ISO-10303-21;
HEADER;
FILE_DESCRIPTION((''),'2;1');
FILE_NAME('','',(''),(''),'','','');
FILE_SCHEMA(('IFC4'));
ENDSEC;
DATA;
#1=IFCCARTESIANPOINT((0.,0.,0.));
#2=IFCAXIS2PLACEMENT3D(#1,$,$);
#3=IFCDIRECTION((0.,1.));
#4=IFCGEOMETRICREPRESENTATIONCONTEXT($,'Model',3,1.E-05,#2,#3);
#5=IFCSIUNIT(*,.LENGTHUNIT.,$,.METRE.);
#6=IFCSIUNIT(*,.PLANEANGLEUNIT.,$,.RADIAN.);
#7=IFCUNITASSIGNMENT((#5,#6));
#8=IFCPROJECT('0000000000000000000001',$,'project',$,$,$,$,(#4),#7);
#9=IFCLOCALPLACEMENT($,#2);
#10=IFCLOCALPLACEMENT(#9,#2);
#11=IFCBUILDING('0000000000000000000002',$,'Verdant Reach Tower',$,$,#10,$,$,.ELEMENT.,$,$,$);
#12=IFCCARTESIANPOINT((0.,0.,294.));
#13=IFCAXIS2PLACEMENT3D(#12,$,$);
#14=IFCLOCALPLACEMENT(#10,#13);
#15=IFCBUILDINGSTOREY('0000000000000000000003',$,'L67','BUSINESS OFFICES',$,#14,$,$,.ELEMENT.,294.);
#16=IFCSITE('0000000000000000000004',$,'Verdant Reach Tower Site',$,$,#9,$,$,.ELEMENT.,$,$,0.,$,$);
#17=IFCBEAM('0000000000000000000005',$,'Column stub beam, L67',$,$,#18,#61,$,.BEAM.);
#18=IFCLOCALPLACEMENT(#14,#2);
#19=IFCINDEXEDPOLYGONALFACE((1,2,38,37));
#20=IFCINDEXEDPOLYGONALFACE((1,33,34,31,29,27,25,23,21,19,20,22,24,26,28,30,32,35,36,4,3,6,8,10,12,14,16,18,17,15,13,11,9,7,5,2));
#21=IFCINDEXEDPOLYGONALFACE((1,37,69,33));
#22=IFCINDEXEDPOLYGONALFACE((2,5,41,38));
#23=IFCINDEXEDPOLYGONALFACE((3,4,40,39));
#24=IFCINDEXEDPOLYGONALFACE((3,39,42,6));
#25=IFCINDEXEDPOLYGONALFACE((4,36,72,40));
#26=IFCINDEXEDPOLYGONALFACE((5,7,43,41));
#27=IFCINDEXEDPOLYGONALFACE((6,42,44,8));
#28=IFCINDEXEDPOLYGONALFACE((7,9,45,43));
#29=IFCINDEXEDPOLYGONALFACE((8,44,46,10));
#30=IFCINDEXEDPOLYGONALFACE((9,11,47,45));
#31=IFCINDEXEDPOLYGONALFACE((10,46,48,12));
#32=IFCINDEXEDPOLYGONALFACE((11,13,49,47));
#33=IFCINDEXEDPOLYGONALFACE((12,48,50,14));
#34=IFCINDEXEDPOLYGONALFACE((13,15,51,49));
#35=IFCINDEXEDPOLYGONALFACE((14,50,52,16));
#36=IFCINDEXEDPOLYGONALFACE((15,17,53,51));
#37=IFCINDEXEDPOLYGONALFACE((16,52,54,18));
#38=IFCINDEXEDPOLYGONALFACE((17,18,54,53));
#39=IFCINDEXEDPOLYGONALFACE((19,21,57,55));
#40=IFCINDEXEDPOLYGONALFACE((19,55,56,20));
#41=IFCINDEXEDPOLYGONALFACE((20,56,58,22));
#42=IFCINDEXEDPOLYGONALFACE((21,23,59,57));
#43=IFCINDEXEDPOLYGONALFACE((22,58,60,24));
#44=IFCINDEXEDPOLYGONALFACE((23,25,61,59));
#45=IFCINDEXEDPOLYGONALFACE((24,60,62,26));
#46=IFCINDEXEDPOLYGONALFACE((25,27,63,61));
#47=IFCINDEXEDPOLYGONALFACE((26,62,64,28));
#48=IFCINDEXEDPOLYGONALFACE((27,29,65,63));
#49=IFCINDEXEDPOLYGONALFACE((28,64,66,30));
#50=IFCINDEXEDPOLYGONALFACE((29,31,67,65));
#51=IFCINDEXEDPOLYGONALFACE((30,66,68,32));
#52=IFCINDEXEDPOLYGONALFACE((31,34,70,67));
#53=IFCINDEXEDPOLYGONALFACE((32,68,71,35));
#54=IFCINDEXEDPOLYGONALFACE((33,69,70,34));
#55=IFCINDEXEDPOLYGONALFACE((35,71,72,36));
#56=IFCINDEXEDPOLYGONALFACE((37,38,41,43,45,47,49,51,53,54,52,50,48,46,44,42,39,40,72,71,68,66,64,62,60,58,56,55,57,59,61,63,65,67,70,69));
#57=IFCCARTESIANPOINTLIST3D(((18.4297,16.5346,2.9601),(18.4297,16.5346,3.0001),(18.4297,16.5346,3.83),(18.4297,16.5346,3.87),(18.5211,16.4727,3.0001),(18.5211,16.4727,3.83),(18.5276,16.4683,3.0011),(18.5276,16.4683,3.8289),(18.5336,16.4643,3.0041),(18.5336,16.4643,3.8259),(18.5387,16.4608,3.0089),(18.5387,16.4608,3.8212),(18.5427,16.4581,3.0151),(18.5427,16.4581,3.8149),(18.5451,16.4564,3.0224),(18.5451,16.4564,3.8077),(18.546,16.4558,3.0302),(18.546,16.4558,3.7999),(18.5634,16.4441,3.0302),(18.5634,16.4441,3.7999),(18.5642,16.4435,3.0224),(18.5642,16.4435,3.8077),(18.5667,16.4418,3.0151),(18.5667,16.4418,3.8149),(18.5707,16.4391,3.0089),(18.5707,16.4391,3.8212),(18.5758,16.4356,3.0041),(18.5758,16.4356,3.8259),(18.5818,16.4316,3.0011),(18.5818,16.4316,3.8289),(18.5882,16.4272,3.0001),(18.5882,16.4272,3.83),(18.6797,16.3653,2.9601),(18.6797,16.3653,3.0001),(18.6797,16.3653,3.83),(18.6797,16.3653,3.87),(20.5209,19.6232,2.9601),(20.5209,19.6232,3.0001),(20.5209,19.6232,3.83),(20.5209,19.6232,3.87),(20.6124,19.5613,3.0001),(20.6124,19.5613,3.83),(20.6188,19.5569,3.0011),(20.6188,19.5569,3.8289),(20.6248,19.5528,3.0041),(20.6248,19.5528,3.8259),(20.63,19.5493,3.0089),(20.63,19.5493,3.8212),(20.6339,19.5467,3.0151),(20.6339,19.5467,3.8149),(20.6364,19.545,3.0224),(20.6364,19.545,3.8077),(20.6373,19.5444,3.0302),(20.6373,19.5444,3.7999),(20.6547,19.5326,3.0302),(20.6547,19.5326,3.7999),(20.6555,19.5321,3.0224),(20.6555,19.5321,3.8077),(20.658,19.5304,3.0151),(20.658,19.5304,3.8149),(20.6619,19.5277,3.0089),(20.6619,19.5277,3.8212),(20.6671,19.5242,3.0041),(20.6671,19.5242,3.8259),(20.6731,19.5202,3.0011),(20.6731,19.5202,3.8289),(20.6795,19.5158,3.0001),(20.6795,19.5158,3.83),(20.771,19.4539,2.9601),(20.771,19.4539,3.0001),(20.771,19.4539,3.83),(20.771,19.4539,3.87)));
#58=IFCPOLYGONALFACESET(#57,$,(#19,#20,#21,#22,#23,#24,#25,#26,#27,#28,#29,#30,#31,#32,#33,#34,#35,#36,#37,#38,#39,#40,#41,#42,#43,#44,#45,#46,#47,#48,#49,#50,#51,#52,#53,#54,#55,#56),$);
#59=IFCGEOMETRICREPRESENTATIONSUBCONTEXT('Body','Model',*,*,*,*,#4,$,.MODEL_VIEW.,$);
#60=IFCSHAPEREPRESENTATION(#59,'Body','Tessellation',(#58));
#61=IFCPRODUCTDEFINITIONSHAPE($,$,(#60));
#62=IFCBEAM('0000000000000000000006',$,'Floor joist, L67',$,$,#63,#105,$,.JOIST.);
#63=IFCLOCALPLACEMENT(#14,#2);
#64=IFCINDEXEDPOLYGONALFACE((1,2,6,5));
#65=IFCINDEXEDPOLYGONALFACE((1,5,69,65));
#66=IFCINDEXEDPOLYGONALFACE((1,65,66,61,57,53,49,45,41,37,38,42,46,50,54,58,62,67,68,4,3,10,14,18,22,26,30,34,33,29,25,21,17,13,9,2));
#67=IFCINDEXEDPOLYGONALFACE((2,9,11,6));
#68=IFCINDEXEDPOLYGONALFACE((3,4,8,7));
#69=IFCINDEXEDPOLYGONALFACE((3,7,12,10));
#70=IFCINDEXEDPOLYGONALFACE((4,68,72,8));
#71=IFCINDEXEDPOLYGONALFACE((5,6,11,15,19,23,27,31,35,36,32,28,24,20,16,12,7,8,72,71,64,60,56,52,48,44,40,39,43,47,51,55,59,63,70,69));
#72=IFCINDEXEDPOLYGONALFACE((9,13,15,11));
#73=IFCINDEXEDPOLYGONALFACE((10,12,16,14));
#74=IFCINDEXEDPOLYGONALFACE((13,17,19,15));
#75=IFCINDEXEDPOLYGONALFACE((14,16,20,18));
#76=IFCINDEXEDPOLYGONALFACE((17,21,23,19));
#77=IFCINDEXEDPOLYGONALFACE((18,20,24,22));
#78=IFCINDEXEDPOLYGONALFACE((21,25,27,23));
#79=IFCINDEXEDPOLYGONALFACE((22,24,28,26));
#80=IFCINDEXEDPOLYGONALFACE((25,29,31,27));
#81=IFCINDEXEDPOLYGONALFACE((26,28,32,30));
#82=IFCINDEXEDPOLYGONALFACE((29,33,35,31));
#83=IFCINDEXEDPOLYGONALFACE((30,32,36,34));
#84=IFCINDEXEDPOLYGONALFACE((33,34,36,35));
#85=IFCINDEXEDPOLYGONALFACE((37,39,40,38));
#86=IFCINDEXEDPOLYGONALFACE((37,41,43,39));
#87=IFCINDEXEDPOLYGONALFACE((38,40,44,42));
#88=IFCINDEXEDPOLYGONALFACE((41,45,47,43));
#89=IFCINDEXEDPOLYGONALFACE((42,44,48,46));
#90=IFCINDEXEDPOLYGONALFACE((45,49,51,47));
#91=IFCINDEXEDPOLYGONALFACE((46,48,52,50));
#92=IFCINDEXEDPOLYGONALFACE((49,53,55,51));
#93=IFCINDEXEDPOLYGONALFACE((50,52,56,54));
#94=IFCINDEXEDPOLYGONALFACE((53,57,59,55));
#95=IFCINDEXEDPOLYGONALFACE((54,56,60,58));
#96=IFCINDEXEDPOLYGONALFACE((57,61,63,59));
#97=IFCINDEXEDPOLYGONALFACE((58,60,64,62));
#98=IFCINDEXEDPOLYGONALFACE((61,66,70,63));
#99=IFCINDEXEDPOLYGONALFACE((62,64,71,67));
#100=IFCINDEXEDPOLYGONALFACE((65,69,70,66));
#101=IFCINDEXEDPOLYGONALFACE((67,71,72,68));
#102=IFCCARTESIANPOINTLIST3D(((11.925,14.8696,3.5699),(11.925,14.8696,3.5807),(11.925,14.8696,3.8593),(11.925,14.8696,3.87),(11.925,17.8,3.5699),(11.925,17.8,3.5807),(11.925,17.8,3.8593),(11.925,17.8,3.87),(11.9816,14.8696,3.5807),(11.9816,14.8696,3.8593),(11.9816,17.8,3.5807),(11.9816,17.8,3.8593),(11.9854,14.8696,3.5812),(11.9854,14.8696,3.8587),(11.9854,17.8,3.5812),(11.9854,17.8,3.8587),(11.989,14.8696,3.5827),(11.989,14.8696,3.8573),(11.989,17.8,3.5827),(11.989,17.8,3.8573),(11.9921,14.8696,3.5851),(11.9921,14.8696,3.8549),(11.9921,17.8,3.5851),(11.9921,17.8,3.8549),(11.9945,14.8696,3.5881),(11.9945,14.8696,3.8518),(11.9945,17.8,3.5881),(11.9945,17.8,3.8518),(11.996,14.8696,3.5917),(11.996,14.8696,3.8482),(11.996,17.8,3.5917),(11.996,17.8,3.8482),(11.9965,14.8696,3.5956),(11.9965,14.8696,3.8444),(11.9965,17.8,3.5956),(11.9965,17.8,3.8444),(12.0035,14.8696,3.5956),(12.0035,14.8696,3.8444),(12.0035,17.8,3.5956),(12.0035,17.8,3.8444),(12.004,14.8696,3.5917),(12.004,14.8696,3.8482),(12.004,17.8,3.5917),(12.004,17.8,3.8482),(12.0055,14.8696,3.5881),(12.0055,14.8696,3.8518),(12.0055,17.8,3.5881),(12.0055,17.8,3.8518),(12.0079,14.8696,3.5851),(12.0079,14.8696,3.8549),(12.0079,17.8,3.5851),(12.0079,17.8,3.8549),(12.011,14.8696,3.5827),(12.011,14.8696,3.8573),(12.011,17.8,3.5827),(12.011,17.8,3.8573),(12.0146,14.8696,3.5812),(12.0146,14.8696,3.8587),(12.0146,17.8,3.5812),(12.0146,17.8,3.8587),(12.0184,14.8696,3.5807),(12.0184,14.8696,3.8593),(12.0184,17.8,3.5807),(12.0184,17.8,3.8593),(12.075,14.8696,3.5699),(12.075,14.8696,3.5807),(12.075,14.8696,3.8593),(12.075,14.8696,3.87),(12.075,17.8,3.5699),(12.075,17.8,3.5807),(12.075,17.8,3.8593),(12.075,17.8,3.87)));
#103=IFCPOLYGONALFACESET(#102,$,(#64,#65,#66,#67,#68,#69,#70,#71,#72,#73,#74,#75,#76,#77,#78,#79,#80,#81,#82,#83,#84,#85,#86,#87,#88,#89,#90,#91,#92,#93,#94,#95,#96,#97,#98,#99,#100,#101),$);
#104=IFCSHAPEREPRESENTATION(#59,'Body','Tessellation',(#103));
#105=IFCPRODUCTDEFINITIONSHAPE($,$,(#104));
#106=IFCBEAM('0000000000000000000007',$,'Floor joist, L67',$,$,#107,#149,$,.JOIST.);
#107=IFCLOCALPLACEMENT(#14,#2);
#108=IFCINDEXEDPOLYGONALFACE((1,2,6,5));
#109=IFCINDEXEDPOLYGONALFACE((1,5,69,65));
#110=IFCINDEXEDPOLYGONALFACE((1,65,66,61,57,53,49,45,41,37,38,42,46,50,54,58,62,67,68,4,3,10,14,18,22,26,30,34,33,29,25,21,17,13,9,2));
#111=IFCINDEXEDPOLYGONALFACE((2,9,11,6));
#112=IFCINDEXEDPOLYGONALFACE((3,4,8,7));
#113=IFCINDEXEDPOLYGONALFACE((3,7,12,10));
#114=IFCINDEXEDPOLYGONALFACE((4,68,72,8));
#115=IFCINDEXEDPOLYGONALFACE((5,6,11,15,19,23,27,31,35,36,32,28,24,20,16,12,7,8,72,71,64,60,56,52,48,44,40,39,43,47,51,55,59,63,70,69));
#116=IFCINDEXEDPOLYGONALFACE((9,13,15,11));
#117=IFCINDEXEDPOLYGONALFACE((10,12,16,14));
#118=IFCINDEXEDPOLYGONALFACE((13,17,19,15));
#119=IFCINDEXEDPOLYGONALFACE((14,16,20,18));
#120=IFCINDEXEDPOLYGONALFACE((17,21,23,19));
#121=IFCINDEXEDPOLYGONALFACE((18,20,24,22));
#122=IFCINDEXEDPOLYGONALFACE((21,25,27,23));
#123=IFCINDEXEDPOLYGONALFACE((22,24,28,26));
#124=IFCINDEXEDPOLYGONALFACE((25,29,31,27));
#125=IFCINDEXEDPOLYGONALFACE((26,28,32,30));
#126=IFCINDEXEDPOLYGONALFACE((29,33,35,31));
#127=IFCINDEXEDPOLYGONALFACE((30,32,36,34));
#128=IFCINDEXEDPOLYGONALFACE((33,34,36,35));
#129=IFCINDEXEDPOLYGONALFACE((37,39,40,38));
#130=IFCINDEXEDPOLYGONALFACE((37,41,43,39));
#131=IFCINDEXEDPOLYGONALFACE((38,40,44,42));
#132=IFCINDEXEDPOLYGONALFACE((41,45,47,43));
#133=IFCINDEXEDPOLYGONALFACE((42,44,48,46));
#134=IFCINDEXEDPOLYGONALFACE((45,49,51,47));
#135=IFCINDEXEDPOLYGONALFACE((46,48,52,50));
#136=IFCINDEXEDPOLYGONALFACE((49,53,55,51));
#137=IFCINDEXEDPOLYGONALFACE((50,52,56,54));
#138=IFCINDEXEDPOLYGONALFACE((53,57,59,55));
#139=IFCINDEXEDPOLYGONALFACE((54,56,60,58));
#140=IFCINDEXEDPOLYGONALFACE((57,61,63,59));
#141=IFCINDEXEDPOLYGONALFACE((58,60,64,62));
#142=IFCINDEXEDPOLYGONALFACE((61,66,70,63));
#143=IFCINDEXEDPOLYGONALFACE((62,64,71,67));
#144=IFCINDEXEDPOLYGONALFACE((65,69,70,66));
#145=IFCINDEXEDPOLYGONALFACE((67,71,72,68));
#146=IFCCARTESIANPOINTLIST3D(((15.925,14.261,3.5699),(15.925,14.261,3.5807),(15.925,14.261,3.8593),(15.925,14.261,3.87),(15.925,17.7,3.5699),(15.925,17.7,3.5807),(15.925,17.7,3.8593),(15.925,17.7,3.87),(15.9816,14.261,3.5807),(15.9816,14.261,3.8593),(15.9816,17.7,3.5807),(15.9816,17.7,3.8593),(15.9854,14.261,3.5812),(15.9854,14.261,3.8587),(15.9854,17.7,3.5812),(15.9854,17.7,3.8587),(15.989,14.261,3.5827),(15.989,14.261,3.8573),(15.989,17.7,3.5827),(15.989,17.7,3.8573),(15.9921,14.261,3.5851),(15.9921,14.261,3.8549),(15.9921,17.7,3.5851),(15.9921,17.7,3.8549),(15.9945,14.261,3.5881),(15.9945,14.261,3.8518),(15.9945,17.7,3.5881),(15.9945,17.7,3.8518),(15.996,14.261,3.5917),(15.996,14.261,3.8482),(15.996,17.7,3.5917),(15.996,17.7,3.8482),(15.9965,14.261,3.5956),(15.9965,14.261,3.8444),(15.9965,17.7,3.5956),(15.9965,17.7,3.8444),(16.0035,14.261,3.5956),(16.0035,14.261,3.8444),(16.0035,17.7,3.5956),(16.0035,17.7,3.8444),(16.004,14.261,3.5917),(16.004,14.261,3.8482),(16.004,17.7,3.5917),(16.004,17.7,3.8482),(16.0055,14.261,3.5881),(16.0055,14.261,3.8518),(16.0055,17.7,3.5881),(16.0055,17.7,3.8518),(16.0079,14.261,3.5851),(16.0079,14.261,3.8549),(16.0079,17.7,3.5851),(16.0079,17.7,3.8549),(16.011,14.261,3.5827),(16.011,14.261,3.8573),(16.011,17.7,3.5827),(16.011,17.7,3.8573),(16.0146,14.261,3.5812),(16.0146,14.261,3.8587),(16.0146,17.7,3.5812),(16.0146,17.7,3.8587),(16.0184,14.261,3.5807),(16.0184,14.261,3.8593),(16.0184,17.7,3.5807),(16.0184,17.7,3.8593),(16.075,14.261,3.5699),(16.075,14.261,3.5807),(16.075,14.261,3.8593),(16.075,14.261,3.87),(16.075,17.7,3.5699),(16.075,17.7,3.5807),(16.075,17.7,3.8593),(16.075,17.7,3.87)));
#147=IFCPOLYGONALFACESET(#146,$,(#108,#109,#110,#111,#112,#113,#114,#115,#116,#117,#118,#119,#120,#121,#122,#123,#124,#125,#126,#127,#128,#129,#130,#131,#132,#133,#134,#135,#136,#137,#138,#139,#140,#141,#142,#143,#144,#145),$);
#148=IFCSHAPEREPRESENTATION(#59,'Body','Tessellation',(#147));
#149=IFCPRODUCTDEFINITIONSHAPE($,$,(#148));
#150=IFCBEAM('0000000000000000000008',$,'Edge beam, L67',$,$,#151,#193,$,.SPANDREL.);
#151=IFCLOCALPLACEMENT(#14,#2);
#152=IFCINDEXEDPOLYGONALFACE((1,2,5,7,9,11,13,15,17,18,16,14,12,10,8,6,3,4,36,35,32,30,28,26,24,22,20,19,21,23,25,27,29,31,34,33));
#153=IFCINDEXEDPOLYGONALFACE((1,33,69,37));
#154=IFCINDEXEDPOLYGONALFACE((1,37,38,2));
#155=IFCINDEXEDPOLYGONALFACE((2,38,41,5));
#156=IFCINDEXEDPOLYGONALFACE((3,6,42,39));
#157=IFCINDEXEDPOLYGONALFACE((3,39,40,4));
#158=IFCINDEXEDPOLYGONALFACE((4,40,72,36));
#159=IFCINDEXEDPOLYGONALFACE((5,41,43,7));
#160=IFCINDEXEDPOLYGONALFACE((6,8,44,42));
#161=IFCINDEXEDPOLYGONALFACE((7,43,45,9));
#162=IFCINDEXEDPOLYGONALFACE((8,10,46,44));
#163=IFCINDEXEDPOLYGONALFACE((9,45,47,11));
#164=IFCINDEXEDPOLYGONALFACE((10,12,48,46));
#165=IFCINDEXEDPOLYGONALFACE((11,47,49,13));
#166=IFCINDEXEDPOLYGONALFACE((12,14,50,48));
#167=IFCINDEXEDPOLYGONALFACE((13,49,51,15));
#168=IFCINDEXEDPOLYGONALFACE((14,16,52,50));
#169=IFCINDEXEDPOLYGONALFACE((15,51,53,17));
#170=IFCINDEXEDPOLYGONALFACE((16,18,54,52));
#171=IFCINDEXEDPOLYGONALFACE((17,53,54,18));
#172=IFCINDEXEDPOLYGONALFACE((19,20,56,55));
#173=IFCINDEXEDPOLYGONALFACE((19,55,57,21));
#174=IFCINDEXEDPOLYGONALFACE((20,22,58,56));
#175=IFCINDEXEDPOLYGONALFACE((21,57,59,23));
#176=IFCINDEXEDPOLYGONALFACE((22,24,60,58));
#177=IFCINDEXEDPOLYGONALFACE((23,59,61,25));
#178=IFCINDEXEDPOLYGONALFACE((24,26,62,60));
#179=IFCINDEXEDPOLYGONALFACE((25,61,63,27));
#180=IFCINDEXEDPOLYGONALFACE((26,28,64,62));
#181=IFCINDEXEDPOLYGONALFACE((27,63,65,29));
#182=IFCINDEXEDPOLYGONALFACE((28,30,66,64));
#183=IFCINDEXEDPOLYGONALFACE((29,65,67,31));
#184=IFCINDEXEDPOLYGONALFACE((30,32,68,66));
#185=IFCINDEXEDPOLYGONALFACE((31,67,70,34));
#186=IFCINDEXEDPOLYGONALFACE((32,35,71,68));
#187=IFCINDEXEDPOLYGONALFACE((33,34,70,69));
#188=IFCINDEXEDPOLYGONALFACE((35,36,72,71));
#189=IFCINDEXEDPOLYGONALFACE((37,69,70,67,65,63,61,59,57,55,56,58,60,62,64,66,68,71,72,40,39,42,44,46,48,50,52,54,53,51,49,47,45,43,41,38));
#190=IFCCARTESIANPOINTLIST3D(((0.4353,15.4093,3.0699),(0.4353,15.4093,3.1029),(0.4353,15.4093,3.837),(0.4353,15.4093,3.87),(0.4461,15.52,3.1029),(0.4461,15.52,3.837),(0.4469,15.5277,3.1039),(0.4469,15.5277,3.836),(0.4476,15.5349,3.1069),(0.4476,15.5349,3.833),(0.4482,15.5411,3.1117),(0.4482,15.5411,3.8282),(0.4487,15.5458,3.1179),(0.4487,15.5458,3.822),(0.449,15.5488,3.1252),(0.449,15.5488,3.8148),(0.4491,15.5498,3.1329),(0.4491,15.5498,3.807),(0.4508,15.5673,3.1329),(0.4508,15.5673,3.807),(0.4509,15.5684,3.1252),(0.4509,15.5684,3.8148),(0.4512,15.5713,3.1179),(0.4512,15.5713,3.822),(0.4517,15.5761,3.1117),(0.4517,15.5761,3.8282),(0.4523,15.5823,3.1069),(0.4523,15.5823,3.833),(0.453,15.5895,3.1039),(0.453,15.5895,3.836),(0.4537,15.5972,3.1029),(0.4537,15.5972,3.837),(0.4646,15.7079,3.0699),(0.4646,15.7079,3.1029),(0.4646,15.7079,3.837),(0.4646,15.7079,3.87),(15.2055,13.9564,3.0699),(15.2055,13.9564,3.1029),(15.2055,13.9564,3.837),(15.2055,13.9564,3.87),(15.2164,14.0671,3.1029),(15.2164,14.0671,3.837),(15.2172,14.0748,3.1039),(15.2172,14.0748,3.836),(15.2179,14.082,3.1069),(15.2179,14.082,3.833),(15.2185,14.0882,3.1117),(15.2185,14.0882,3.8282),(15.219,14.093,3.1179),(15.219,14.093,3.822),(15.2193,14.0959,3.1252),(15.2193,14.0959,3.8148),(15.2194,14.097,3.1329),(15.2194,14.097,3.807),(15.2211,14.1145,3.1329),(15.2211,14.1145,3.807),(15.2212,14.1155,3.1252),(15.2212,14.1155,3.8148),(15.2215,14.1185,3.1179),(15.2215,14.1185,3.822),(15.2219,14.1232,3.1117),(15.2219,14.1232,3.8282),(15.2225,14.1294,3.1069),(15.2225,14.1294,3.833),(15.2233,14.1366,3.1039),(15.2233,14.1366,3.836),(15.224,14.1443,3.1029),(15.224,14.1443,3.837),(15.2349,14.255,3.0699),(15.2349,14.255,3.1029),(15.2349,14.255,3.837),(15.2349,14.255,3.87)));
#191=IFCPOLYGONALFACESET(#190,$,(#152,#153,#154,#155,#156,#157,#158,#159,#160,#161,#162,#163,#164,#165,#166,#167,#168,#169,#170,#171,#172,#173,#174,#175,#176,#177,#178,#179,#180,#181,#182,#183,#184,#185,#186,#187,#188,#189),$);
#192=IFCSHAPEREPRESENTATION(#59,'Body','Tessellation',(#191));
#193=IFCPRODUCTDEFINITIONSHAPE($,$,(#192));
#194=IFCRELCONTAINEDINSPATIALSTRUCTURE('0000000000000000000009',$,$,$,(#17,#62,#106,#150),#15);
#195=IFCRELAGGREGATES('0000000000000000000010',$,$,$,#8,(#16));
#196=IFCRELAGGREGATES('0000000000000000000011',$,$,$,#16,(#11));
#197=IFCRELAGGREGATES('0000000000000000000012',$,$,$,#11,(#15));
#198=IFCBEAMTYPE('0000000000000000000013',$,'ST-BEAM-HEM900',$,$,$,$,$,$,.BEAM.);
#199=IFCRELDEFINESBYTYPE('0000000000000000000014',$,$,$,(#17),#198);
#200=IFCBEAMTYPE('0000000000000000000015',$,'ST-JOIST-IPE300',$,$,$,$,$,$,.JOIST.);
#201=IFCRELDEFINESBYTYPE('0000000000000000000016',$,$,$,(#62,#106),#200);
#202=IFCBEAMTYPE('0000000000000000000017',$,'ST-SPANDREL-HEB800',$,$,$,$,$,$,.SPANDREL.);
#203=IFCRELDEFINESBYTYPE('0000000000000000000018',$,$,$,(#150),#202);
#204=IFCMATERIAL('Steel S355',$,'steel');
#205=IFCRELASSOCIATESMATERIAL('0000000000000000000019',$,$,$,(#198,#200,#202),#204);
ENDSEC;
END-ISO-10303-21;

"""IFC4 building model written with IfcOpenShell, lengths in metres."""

from ifc_helpers import new_model, si_unit, direction, frame, origin, origin_2d, place, context, subcontext, project, spatial, i_section, extrude, material, material_profile, profile_set, type_object, element, save


model = new_model("IFC4")

# Units and contexts
model_context = context("Model", 3, precision=1e-05, world=origin(), true_north=direction((0.0, 1.0)))
body_context = subcontext(model_context, "Body", "Model", "MODEL_VIEW")
ifc_project = project(units=[si_unit("LENGTHUNIT", "METRE"), si_unit("PLANEANGLEUNIT", "RADIAN")], contexts=[model_context])

# Site, building, storey
site_placement = place(None, origin())
site = spatial("IfcSite", under=ifc_project, at=site_placement, Name="Verdant Reach Tower Site", CompositionType="ELEMENT", RefElevation=0.0)
building_placement = place(site_placement, origin())
building = spatial("IfcBuilding", under=site, at=building_placement, Name="Verdant Reach Tower", CompositionType="ELEMENT")
storey_placement = place(building_placement, frame((0.0, 0.0, 294.0)))
storey = spatial("IfcBuildingStorey", under=building, at=storey_placement, Name="L67", Description="BUSINESS OFFICES", CompositionType="ELEMENT", Elevation=294.0)

# Beams
ifc_material_1 = material(Name="Steel S355", Category="steel")
ifc_material_profile_1 = material_profile(ifc_material_1, i_section(OverallWidth=0.302, OverallDepth=0.9099, WebThickness=0.021, FlangeThickness=0.04, FilletRadius=0.03, at=origin_2d()), Name="HEM 900")
ifc_profile_set_1 = profile_set([ifc_material_profile_1], Name="Steel S355")
beam_type_1 = type_object("IfcBeamType", Name="ST-BEAM-HEM900", PredefinedType="BEAM", material=ifc_profile_set_1)
beam_1_placement = place(storey_placement, frame((18.5547, 16.45, 3.415), z_axis=(0.560667, 0.828041, 0.0), x_axis=(-0.828041, 0.560667, 0.0)))
element("IfcBeam", 1, at=beam_1_placement, inside=storey, type_object=beam_type_1, Name="Column stub beam, L67", PredefinedType="BEAM", context=body_context, shape_type="SweptSolid", body=[
    extrude(i_section(OverallWidth=0.302, OverallDepth=0.9099, WebThickness=0.021, FlangeThickness=0.04, FilletRadius=0.03, at=origin_2d()), origin(), (0.0, 0.0, 1.0), 3.73),
])
ifc_material_profile_2 = material_profile(ifc_material_1, i_section(OverallWidth=0.1499, OverallDepth=0.3, WebThickness=0.0071, FlangeThickness=0.0107, FilletRadius=0.0149, at=origin_2d()), Name="IPE 300")
ifc_profile_set_2 = profile_set([ifc_material_profile_2], Name="Steel S355")
beam_type_2 = type_object("IfcBeamType", Name="ST-JOIST-IPE300", PredefinedType="JOIST", material=ifc_profile_set_2)
beam_2_placement = place(storey_placement, frame((12.0, 17.8, 3.72), z_axis=(0.0, -1.0, 0.0), x_axis=(1.0, 0.0, 0.0)))
element("IfcBeam", 2, at=beam_2_placement, inside=storey, type_object=beam_type_2, Name="Floor joist, L67", PredefinedType="JOIST", context=body_context, shape_type="SweptSolid", body=[
    extrude(i_section(OverallWidth=0.1499, OverallDepth=0.3, WebThickness=0.0071, FlangeThickness=0.0107, FilletRadius=0.0149, at=origin_2d()), origin(), (0.0, 0.0, 1.0), 2.9304),
])
beam_3_placement = place(storey_placement, frame((16.0, 17.7, 3.72), z_axis=(0.0, -1.0, 0.0), x_axis=(1.0, 0.0, 0.0)))
element("IfcBeam", 3, at=beam_3_placement, inside=storey, type_object=beam_type_2, Name="Floor joist, L67", PredefinedType="JOIST", context=body_context, shape_type="SweptSolid", body=[
    extrude(i_section(OverallWidth=0.1499, OverallDepth=0.3, WebThickness=0.0071, FlangeThickness=0.0107, FilletRadius=0.0149, at=origin_2d()), origin(), (0.0, 0.0, 1.0), 3.439),
])
ifc_material_profile_3 = material_profile(ifc_material_1, i_section(OverallWidth=0.3, OverallDepth=0.8, WebThickness=0.0176, FlangeThickness=0.033, FilletRadius=0.03, at=origin_2d()), Name="HEB 800")
ifc_profile_set_3 = profile_set([ifc_material_profile_3], Name="Steel S355")
beam_type_3 = type_object("IfcBeamType", Name="ST-SPANDREL-HEB800", PredefinedType="SPANDREL", material=ifc_profile_set_3)
beam_4_placement = place(storey_placement, frame((15.2202, 14.1057, 3.47), z_axis=(-0.995197, 0.097893, 0.0), x_axis=(-0.097893, -0.995197, 0.0)))
element("IfcBeam", 4, at=beam_4_placement, inside=storey, type_object=beam_type_3, Name="Edge beam, L67", PredefinedType="SPANDREL", context=body_context, shape_type="SweptSolid", body=[
    extrude(i_section(OverallWidth=0.3, OverallDepth=0.8, WebThickness=0.0176, FlangeThickness=0.033, FilletRadius=0.03, at=origin_2d()), origin(), (0.0, 0.0, 1.0), 14.8416),
])

save(model, "model.ifc")
